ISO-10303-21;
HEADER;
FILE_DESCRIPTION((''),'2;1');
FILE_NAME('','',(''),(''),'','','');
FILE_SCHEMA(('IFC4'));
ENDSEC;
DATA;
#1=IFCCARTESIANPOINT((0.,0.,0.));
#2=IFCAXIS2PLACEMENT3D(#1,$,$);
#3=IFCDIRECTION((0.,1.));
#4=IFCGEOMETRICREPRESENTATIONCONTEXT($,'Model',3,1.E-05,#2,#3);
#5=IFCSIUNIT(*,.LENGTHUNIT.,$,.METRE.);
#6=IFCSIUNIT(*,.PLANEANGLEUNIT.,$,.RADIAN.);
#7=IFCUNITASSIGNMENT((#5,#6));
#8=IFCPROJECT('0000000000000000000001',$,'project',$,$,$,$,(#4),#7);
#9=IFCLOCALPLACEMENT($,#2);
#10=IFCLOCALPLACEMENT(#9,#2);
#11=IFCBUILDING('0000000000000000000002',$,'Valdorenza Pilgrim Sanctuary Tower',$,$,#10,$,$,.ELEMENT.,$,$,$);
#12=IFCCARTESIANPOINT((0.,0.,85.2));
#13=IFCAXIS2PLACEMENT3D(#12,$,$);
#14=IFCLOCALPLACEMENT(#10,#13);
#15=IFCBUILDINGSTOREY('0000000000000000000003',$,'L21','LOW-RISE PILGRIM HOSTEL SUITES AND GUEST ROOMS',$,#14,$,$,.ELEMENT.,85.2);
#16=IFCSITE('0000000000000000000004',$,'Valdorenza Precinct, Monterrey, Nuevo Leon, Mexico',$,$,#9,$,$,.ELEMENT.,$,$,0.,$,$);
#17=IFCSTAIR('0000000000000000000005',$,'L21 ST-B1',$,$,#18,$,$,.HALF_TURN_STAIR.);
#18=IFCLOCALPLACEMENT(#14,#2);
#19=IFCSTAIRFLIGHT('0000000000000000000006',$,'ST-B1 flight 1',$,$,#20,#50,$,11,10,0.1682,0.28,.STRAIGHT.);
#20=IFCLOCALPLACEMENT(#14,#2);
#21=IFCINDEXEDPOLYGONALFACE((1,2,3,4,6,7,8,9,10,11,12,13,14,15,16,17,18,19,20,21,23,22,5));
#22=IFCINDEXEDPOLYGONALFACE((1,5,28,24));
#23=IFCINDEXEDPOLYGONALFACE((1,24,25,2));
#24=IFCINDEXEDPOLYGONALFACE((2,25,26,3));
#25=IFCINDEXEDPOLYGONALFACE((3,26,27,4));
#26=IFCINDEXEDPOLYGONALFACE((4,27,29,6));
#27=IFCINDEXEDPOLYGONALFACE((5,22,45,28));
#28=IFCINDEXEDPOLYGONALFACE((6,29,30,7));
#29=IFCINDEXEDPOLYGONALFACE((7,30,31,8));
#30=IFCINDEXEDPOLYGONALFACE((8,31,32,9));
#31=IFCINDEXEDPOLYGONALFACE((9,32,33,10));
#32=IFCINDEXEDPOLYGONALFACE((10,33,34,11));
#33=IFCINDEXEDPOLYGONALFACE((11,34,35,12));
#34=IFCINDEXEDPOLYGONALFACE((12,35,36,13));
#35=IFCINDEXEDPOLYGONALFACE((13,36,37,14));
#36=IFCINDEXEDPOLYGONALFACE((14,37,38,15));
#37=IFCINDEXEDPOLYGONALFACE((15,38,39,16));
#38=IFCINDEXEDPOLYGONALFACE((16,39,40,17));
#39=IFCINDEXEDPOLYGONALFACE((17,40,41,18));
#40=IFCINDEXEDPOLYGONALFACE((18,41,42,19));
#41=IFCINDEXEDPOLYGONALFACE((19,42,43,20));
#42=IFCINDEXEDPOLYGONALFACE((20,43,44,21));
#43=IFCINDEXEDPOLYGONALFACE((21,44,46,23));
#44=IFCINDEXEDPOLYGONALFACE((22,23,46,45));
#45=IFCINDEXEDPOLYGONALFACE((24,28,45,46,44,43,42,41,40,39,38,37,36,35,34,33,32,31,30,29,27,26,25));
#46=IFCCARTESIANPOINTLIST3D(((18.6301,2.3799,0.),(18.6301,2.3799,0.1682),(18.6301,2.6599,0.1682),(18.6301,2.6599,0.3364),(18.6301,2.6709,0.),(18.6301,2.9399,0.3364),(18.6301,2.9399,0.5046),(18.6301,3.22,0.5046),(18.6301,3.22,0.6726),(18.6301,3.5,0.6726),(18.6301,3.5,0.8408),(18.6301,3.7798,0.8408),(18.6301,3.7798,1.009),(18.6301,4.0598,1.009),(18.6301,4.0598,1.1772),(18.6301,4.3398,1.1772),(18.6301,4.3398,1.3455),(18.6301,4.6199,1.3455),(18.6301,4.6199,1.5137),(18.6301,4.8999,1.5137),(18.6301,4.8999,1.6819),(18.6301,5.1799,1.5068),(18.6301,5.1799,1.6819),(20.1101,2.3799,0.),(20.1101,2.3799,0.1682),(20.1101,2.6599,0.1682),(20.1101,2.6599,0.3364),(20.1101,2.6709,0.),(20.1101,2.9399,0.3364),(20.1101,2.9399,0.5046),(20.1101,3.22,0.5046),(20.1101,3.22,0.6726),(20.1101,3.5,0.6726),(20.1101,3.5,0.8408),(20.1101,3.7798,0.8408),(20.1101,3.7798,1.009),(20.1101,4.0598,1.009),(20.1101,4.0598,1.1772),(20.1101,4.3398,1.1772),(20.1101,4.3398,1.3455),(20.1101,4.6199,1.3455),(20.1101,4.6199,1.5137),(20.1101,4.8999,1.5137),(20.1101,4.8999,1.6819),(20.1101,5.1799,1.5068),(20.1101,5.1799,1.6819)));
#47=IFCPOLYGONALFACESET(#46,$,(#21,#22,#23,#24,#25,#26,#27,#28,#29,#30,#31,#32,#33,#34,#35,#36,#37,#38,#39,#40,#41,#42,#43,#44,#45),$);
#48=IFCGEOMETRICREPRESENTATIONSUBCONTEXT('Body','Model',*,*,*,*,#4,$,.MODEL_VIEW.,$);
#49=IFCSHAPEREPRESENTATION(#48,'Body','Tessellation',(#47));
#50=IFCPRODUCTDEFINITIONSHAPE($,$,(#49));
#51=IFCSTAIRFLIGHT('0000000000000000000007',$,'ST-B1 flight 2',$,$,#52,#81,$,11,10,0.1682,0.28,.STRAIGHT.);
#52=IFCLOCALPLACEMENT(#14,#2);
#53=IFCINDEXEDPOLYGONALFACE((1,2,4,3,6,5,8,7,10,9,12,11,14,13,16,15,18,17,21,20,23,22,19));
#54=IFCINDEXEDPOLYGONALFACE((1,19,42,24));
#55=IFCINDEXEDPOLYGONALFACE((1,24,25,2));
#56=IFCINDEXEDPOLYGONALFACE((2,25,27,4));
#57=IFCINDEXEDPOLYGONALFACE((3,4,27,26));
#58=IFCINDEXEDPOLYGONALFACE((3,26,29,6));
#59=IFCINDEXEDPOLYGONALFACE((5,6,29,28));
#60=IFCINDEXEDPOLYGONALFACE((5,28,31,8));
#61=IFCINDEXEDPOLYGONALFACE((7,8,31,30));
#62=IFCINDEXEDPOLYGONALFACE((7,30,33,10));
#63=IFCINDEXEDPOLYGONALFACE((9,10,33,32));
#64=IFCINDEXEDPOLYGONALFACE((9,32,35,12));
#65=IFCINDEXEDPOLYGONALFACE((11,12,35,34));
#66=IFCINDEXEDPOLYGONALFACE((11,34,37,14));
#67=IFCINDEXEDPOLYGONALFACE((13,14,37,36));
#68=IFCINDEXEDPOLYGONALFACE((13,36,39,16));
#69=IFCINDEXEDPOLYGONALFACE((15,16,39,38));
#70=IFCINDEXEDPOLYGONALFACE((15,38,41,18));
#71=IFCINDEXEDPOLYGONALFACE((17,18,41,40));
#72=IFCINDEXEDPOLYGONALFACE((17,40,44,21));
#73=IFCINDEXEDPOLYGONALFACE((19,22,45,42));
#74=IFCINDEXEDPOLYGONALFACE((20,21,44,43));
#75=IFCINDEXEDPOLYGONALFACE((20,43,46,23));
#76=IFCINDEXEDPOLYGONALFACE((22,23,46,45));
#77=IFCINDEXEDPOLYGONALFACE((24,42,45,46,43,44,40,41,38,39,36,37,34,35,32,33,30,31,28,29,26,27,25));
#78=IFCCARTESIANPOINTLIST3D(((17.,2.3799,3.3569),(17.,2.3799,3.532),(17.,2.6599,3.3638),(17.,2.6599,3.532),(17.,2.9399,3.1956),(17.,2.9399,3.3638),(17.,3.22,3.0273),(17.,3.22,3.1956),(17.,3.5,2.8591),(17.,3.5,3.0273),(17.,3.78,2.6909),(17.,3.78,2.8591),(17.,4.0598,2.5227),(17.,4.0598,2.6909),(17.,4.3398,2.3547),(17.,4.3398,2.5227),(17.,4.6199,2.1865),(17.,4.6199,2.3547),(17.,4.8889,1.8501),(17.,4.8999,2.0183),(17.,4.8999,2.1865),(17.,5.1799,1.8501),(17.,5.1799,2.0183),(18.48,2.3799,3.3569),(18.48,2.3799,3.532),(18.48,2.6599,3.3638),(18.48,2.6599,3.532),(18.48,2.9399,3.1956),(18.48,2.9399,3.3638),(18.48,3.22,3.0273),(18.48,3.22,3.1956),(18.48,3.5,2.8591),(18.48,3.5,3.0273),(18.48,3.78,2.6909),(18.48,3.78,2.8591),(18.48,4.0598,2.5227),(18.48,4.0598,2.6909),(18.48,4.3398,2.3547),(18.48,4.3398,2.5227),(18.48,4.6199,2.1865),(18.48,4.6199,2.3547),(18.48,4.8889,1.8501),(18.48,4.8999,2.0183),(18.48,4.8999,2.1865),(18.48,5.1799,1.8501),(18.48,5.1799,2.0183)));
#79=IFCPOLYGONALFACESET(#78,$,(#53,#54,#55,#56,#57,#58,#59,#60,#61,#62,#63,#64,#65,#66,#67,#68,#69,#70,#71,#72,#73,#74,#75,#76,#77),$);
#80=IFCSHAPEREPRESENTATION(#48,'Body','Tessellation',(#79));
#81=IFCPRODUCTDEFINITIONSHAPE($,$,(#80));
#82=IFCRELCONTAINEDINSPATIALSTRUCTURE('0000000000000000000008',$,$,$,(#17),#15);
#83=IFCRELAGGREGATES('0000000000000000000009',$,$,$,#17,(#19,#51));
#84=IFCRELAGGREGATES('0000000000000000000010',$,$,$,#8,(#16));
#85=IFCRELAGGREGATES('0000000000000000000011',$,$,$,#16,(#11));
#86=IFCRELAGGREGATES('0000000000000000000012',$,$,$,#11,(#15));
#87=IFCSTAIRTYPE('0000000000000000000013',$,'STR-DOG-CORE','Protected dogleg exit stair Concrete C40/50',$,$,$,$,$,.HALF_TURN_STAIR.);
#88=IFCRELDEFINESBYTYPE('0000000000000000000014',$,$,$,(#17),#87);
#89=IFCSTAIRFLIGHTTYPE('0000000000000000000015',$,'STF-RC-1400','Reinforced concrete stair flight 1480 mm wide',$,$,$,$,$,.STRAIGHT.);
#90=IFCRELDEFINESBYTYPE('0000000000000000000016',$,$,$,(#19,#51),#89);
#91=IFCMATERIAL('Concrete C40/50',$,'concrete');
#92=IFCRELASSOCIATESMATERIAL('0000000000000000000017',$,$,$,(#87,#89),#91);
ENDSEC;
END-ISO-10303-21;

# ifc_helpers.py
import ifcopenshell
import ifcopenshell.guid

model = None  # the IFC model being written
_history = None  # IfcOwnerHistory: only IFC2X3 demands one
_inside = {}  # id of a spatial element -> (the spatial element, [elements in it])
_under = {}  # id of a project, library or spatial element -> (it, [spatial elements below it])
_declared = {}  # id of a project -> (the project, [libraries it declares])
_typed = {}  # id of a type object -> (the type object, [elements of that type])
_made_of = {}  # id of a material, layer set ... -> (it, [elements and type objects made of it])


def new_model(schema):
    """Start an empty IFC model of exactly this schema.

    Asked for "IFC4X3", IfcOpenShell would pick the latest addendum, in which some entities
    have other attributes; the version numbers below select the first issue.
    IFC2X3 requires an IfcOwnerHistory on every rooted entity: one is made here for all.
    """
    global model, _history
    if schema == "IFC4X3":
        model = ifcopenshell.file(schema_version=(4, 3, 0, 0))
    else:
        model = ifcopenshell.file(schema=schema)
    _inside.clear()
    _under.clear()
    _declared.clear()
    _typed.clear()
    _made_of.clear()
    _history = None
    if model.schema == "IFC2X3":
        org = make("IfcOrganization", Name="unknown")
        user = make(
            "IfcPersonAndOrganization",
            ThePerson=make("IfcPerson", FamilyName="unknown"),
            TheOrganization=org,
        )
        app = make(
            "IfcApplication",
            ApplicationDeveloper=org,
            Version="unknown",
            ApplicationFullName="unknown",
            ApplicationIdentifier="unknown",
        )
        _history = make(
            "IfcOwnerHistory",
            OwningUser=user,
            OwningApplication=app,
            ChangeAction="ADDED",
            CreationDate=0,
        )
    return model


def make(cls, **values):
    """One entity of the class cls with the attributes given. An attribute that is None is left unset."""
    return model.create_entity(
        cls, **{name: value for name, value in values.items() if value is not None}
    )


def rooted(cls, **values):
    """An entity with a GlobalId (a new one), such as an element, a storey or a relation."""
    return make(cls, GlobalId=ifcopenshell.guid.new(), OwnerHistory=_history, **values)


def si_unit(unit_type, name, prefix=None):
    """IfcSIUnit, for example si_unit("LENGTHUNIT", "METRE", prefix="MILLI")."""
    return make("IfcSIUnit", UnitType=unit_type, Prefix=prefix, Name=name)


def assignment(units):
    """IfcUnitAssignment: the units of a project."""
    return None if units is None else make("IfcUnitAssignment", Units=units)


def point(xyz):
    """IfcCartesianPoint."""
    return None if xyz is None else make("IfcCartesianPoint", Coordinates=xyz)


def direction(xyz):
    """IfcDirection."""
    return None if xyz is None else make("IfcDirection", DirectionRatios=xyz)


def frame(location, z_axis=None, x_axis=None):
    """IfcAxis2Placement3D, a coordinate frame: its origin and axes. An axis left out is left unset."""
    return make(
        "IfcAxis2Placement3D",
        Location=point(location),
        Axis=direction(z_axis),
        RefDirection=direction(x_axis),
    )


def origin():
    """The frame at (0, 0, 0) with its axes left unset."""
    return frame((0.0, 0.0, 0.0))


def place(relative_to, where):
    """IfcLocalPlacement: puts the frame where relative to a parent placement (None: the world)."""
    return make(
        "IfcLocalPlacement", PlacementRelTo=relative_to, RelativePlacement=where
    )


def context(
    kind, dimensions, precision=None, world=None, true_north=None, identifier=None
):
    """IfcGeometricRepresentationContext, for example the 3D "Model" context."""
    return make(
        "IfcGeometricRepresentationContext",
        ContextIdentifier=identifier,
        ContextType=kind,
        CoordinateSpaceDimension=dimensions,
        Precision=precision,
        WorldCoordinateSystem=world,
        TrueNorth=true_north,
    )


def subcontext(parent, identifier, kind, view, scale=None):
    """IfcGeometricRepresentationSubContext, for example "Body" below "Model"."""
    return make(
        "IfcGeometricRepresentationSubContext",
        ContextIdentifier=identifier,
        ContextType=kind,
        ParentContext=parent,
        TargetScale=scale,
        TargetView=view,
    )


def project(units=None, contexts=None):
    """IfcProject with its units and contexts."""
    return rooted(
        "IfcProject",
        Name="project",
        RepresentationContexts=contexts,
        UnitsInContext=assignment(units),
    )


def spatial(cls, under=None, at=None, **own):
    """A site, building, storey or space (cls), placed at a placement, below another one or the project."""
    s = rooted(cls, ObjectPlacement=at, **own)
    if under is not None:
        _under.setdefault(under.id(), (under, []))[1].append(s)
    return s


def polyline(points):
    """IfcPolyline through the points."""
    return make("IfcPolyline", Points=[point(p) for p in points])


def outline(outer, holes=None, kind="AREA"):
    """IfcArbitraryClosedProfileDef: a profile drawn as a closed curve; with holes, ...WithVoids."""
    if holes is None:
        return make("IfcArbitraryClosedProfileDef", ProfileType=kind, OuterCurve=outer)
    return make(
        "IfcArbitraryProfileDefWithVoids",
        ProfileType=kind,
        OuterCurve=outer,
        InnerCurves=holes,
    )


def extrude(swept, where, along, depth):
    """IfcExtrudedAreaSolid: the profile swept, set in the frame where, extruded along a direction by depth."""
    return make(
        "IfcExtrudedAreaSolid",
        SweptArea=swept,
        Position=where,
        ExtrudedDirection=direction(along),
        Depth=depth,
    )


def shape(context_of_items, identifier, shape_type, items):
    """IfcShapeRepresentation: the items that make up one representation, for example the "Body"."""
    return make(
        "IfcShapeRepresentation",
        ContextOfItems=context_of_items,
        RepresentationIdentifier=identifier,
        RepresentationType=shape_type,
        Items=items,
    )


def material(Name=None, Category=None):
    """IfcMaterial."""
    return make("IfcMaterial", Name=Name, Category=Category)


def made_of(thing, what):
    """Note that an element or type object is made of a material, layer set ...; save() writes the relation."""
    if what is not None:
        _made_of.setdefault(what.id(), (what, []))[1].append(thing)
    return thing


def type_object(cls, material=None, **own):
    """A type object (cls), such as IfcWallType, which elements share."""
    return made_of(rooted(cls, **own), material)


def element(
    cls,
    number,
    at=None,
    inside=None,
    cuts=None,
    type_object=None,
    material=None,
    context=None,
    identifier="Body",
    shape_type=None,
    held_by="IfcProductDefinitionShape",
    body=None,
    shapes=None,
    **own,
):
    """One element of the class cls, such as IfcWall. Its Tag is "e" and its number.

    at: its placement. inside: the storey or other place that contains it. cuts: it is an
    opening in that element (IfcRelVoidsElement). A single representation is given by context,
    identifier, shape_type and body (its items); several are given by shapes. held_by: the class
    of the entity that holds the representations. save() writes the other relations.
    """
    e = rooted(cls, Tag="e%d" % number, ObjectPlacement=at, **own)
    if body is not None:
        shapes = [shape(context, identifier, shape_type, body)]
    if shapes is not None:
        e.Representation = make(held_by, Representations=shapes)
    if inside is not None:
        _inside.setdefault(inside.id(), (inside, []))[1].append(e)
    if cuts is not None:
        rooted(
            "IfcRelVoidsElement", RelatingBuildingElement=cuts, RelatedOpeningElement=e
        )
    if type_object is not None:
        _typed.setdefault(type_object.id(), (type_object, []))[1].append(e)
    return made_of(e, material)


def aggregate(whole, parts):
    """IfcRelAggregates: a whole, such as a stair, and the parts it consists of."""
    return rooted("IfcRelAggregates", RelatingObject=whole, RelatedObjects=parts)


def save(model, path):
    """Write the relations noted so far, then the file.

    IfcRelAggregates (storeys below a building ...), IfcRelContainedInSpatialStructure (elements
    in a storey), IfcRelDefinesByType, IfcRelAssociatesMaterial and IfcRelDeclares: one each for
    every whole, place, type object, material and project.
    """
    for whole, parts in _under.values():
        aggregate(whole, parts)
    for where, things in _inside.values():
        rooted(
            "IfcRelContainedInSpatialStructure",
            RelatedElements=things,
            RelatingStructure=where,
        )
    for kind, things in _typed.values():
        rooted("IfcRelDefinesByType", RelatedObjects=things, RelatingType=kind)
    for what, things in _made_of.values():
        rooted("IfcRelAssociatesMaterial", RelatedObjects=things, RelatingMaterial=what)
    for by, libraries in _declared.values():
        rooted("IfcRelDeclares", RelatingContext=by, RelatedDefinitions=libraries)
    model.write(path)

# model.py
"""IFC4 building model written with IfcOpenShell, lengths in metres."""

from ifc_helpers import new_model, si_unit, direction, frame, origin, place, context, subcontext, project, spatial, polyline, outline, extrude, material, type_object, element, aggregate, save


model = new_model("IFC4")

# Units and contexts
model_context = context("Model", 3, precision=1e-05, world=origin(), true_north=direction((0.0, 1.0)))
body_context = subcontext(model_context, "Body", "Model", "MODEL_VIEW")
ifc_project = project(units=[si_unit("LENGTHUNIT", "METRE"), si_unit("PLANEANGLEUNIT", "RADIAN")], contexts=[model_context])

# Site, building, storey
site_placement = place(None, origin())
site = spatial("IfcSite", under=ifc_project, at=site_placement, Name="Valdorenza Precinct, Monterrey, Nuevo Leon, Mexico", CompositionType="ELEMENT", RefElevation=0.0)
building_placement = place(site_placement, origin())
building = spatial("IfcBuilding", under=site, at=building_placement, Name="Valdorenza Pilgrim Sanctuary Tower", CompositionType="ELEMENT")
storey_placement = place(building_placement, frame((0.0, 0.0, 85.2)))
storey = spatial("IfcBuildingStorey", under=building, at=storey_placement, Name="L21", Description="LOW-RISE PILGRIM HOSTEL SUITES AND GUEST ROOMS", CompositionType="ELEMENT", Elevation=85.2)

# Shared definitions
ifc_material_1 = material(Name="Concrete C40/50", Category="concrete")

# Stair, stair flights
stair_type = type_object("IfcStairType", Name="STR-DOG-CORE", Description="Protected dogleg exit stair Concrete C40/50", PredefinedType="HALF_TURN_STAIR", material=ifc_material_1)
stair_placement = place(storey_placement, origin())
stair = element("IfcStair", 1, at=stair_placement, inside=storey, type_object=stair_type, Name="L21 ST-B1", PredefinedType="HALF_TURN_STAIR")
stair_flight_type = type_object("IfcStairFlightType", Name="STF-RC-1400", Description="Reinforced concrete stair flight 1480 mm wide", PredefinedType="STRAIGHT", material=ifc_material_1)
stair_flight_1_placement = place(storey_placement, frame((19.3701, 2.3799, 0.0), z_axis=(0.0, 0.0, 1.0), x_axis=(0.0, 1.0, 0.0)))
stair_flight_1 = element("IfcStairFlight", 2, at=stair_flight_1_placement, type_object=stair_flight_type, Name="ST-B1 flight 1", NumberOfRisers=11, NumberOfTreads=10, PredefinedType="STRAIGHT", RiserHeight=0.1682, TreadLength=0.28, context=body_context, shape_type="SweptSolid", body=[
    extrude(outline(polyline([(0.0, 0.0), (0.0, 0.1682), (0.28, 0.1682), (0.28, 0.3364), (0.5601, 0.3364), (0.5601, 0.5046), (0.8401, 0.5046), (0.8401, 0.6726), (1.1201, 0.6726), (1.1201, 0.8408), (1.3999, 0.8408), (1.3999, 1.009), (1.6799, 1.009), (1.6799, 1.1772), (1.96, 1.1772), (1.96, 1.3455), (2.24, 1.3455), (2.24, 1.5137), (2.52, 1.5137), (2.52, 1.6819), (2.8, 1.6819), (2.8, 1.8501), (2.8, 1.5068), (0.291, 0.0), (0.0, 0.0)])), frame((0.0, 0.74, 0.0), z_axis=(0.0, -1.0, 0.0), x_axis=(1.0, 0.0, 0.0)), (0.0, 0.0, 1.0), 1.48),
])
stair_flight_2_placement = place(storey_placement, frame((17.74, 5.1799, 1.8501), z_axis=(0.0, 0.0, 1.0), x_axis=(0.0, -1.0, 0.0)))
stair_flight_2 = element("IfcStairFlight", 3, at=stair_flight_2_placement, type_object=stair_flight_type, Name="ST-B1 flight 2", NumberOfRisers=11, NumberOfTreads=10, PredefinedType="STRAIGHT", RiserHeight=0.1682, TreadLength=0.28, context=body_context, shape_type="SweptSolid", body=[
    extrude(outline(polyline([(0.0, 0.0), (0.0, 0.1682), (0.28, 0.1682), (0.28, 0.3364), (0.5601, 0.3364), (0.5601, 0.5046), (0.8401, 0.5046), (0.8401, 0.6726), (1.1201, 0.6726), (1.1201, 0.8408), (1.3999, 0.8408), (1.3999, 1.009), (1.6799, 1.009), (1.6799, 1.1772), (1.96, 1.1772), (1.96, 1.3455), (2.24, 1.3455), (2.24, 1.5137), (2.52, 1.5137), (2.52, 1.6819), (2.8, 1.6819), (2.8, 1.8501), (2.8, 1.5068), (0.291, 0.0), (0.0, 0.0)])), frame((0.0, 0.74, 0.0), z_axis=(0.0, -1.0, 0.0), x_axis=(1.0, 0.0, 0.0)), (0.0, 0.0, 1.0), 1.48),
])
aggregate(stair, [stair_flight_1, stair_flight_2])

save(model, "model.ifc")
